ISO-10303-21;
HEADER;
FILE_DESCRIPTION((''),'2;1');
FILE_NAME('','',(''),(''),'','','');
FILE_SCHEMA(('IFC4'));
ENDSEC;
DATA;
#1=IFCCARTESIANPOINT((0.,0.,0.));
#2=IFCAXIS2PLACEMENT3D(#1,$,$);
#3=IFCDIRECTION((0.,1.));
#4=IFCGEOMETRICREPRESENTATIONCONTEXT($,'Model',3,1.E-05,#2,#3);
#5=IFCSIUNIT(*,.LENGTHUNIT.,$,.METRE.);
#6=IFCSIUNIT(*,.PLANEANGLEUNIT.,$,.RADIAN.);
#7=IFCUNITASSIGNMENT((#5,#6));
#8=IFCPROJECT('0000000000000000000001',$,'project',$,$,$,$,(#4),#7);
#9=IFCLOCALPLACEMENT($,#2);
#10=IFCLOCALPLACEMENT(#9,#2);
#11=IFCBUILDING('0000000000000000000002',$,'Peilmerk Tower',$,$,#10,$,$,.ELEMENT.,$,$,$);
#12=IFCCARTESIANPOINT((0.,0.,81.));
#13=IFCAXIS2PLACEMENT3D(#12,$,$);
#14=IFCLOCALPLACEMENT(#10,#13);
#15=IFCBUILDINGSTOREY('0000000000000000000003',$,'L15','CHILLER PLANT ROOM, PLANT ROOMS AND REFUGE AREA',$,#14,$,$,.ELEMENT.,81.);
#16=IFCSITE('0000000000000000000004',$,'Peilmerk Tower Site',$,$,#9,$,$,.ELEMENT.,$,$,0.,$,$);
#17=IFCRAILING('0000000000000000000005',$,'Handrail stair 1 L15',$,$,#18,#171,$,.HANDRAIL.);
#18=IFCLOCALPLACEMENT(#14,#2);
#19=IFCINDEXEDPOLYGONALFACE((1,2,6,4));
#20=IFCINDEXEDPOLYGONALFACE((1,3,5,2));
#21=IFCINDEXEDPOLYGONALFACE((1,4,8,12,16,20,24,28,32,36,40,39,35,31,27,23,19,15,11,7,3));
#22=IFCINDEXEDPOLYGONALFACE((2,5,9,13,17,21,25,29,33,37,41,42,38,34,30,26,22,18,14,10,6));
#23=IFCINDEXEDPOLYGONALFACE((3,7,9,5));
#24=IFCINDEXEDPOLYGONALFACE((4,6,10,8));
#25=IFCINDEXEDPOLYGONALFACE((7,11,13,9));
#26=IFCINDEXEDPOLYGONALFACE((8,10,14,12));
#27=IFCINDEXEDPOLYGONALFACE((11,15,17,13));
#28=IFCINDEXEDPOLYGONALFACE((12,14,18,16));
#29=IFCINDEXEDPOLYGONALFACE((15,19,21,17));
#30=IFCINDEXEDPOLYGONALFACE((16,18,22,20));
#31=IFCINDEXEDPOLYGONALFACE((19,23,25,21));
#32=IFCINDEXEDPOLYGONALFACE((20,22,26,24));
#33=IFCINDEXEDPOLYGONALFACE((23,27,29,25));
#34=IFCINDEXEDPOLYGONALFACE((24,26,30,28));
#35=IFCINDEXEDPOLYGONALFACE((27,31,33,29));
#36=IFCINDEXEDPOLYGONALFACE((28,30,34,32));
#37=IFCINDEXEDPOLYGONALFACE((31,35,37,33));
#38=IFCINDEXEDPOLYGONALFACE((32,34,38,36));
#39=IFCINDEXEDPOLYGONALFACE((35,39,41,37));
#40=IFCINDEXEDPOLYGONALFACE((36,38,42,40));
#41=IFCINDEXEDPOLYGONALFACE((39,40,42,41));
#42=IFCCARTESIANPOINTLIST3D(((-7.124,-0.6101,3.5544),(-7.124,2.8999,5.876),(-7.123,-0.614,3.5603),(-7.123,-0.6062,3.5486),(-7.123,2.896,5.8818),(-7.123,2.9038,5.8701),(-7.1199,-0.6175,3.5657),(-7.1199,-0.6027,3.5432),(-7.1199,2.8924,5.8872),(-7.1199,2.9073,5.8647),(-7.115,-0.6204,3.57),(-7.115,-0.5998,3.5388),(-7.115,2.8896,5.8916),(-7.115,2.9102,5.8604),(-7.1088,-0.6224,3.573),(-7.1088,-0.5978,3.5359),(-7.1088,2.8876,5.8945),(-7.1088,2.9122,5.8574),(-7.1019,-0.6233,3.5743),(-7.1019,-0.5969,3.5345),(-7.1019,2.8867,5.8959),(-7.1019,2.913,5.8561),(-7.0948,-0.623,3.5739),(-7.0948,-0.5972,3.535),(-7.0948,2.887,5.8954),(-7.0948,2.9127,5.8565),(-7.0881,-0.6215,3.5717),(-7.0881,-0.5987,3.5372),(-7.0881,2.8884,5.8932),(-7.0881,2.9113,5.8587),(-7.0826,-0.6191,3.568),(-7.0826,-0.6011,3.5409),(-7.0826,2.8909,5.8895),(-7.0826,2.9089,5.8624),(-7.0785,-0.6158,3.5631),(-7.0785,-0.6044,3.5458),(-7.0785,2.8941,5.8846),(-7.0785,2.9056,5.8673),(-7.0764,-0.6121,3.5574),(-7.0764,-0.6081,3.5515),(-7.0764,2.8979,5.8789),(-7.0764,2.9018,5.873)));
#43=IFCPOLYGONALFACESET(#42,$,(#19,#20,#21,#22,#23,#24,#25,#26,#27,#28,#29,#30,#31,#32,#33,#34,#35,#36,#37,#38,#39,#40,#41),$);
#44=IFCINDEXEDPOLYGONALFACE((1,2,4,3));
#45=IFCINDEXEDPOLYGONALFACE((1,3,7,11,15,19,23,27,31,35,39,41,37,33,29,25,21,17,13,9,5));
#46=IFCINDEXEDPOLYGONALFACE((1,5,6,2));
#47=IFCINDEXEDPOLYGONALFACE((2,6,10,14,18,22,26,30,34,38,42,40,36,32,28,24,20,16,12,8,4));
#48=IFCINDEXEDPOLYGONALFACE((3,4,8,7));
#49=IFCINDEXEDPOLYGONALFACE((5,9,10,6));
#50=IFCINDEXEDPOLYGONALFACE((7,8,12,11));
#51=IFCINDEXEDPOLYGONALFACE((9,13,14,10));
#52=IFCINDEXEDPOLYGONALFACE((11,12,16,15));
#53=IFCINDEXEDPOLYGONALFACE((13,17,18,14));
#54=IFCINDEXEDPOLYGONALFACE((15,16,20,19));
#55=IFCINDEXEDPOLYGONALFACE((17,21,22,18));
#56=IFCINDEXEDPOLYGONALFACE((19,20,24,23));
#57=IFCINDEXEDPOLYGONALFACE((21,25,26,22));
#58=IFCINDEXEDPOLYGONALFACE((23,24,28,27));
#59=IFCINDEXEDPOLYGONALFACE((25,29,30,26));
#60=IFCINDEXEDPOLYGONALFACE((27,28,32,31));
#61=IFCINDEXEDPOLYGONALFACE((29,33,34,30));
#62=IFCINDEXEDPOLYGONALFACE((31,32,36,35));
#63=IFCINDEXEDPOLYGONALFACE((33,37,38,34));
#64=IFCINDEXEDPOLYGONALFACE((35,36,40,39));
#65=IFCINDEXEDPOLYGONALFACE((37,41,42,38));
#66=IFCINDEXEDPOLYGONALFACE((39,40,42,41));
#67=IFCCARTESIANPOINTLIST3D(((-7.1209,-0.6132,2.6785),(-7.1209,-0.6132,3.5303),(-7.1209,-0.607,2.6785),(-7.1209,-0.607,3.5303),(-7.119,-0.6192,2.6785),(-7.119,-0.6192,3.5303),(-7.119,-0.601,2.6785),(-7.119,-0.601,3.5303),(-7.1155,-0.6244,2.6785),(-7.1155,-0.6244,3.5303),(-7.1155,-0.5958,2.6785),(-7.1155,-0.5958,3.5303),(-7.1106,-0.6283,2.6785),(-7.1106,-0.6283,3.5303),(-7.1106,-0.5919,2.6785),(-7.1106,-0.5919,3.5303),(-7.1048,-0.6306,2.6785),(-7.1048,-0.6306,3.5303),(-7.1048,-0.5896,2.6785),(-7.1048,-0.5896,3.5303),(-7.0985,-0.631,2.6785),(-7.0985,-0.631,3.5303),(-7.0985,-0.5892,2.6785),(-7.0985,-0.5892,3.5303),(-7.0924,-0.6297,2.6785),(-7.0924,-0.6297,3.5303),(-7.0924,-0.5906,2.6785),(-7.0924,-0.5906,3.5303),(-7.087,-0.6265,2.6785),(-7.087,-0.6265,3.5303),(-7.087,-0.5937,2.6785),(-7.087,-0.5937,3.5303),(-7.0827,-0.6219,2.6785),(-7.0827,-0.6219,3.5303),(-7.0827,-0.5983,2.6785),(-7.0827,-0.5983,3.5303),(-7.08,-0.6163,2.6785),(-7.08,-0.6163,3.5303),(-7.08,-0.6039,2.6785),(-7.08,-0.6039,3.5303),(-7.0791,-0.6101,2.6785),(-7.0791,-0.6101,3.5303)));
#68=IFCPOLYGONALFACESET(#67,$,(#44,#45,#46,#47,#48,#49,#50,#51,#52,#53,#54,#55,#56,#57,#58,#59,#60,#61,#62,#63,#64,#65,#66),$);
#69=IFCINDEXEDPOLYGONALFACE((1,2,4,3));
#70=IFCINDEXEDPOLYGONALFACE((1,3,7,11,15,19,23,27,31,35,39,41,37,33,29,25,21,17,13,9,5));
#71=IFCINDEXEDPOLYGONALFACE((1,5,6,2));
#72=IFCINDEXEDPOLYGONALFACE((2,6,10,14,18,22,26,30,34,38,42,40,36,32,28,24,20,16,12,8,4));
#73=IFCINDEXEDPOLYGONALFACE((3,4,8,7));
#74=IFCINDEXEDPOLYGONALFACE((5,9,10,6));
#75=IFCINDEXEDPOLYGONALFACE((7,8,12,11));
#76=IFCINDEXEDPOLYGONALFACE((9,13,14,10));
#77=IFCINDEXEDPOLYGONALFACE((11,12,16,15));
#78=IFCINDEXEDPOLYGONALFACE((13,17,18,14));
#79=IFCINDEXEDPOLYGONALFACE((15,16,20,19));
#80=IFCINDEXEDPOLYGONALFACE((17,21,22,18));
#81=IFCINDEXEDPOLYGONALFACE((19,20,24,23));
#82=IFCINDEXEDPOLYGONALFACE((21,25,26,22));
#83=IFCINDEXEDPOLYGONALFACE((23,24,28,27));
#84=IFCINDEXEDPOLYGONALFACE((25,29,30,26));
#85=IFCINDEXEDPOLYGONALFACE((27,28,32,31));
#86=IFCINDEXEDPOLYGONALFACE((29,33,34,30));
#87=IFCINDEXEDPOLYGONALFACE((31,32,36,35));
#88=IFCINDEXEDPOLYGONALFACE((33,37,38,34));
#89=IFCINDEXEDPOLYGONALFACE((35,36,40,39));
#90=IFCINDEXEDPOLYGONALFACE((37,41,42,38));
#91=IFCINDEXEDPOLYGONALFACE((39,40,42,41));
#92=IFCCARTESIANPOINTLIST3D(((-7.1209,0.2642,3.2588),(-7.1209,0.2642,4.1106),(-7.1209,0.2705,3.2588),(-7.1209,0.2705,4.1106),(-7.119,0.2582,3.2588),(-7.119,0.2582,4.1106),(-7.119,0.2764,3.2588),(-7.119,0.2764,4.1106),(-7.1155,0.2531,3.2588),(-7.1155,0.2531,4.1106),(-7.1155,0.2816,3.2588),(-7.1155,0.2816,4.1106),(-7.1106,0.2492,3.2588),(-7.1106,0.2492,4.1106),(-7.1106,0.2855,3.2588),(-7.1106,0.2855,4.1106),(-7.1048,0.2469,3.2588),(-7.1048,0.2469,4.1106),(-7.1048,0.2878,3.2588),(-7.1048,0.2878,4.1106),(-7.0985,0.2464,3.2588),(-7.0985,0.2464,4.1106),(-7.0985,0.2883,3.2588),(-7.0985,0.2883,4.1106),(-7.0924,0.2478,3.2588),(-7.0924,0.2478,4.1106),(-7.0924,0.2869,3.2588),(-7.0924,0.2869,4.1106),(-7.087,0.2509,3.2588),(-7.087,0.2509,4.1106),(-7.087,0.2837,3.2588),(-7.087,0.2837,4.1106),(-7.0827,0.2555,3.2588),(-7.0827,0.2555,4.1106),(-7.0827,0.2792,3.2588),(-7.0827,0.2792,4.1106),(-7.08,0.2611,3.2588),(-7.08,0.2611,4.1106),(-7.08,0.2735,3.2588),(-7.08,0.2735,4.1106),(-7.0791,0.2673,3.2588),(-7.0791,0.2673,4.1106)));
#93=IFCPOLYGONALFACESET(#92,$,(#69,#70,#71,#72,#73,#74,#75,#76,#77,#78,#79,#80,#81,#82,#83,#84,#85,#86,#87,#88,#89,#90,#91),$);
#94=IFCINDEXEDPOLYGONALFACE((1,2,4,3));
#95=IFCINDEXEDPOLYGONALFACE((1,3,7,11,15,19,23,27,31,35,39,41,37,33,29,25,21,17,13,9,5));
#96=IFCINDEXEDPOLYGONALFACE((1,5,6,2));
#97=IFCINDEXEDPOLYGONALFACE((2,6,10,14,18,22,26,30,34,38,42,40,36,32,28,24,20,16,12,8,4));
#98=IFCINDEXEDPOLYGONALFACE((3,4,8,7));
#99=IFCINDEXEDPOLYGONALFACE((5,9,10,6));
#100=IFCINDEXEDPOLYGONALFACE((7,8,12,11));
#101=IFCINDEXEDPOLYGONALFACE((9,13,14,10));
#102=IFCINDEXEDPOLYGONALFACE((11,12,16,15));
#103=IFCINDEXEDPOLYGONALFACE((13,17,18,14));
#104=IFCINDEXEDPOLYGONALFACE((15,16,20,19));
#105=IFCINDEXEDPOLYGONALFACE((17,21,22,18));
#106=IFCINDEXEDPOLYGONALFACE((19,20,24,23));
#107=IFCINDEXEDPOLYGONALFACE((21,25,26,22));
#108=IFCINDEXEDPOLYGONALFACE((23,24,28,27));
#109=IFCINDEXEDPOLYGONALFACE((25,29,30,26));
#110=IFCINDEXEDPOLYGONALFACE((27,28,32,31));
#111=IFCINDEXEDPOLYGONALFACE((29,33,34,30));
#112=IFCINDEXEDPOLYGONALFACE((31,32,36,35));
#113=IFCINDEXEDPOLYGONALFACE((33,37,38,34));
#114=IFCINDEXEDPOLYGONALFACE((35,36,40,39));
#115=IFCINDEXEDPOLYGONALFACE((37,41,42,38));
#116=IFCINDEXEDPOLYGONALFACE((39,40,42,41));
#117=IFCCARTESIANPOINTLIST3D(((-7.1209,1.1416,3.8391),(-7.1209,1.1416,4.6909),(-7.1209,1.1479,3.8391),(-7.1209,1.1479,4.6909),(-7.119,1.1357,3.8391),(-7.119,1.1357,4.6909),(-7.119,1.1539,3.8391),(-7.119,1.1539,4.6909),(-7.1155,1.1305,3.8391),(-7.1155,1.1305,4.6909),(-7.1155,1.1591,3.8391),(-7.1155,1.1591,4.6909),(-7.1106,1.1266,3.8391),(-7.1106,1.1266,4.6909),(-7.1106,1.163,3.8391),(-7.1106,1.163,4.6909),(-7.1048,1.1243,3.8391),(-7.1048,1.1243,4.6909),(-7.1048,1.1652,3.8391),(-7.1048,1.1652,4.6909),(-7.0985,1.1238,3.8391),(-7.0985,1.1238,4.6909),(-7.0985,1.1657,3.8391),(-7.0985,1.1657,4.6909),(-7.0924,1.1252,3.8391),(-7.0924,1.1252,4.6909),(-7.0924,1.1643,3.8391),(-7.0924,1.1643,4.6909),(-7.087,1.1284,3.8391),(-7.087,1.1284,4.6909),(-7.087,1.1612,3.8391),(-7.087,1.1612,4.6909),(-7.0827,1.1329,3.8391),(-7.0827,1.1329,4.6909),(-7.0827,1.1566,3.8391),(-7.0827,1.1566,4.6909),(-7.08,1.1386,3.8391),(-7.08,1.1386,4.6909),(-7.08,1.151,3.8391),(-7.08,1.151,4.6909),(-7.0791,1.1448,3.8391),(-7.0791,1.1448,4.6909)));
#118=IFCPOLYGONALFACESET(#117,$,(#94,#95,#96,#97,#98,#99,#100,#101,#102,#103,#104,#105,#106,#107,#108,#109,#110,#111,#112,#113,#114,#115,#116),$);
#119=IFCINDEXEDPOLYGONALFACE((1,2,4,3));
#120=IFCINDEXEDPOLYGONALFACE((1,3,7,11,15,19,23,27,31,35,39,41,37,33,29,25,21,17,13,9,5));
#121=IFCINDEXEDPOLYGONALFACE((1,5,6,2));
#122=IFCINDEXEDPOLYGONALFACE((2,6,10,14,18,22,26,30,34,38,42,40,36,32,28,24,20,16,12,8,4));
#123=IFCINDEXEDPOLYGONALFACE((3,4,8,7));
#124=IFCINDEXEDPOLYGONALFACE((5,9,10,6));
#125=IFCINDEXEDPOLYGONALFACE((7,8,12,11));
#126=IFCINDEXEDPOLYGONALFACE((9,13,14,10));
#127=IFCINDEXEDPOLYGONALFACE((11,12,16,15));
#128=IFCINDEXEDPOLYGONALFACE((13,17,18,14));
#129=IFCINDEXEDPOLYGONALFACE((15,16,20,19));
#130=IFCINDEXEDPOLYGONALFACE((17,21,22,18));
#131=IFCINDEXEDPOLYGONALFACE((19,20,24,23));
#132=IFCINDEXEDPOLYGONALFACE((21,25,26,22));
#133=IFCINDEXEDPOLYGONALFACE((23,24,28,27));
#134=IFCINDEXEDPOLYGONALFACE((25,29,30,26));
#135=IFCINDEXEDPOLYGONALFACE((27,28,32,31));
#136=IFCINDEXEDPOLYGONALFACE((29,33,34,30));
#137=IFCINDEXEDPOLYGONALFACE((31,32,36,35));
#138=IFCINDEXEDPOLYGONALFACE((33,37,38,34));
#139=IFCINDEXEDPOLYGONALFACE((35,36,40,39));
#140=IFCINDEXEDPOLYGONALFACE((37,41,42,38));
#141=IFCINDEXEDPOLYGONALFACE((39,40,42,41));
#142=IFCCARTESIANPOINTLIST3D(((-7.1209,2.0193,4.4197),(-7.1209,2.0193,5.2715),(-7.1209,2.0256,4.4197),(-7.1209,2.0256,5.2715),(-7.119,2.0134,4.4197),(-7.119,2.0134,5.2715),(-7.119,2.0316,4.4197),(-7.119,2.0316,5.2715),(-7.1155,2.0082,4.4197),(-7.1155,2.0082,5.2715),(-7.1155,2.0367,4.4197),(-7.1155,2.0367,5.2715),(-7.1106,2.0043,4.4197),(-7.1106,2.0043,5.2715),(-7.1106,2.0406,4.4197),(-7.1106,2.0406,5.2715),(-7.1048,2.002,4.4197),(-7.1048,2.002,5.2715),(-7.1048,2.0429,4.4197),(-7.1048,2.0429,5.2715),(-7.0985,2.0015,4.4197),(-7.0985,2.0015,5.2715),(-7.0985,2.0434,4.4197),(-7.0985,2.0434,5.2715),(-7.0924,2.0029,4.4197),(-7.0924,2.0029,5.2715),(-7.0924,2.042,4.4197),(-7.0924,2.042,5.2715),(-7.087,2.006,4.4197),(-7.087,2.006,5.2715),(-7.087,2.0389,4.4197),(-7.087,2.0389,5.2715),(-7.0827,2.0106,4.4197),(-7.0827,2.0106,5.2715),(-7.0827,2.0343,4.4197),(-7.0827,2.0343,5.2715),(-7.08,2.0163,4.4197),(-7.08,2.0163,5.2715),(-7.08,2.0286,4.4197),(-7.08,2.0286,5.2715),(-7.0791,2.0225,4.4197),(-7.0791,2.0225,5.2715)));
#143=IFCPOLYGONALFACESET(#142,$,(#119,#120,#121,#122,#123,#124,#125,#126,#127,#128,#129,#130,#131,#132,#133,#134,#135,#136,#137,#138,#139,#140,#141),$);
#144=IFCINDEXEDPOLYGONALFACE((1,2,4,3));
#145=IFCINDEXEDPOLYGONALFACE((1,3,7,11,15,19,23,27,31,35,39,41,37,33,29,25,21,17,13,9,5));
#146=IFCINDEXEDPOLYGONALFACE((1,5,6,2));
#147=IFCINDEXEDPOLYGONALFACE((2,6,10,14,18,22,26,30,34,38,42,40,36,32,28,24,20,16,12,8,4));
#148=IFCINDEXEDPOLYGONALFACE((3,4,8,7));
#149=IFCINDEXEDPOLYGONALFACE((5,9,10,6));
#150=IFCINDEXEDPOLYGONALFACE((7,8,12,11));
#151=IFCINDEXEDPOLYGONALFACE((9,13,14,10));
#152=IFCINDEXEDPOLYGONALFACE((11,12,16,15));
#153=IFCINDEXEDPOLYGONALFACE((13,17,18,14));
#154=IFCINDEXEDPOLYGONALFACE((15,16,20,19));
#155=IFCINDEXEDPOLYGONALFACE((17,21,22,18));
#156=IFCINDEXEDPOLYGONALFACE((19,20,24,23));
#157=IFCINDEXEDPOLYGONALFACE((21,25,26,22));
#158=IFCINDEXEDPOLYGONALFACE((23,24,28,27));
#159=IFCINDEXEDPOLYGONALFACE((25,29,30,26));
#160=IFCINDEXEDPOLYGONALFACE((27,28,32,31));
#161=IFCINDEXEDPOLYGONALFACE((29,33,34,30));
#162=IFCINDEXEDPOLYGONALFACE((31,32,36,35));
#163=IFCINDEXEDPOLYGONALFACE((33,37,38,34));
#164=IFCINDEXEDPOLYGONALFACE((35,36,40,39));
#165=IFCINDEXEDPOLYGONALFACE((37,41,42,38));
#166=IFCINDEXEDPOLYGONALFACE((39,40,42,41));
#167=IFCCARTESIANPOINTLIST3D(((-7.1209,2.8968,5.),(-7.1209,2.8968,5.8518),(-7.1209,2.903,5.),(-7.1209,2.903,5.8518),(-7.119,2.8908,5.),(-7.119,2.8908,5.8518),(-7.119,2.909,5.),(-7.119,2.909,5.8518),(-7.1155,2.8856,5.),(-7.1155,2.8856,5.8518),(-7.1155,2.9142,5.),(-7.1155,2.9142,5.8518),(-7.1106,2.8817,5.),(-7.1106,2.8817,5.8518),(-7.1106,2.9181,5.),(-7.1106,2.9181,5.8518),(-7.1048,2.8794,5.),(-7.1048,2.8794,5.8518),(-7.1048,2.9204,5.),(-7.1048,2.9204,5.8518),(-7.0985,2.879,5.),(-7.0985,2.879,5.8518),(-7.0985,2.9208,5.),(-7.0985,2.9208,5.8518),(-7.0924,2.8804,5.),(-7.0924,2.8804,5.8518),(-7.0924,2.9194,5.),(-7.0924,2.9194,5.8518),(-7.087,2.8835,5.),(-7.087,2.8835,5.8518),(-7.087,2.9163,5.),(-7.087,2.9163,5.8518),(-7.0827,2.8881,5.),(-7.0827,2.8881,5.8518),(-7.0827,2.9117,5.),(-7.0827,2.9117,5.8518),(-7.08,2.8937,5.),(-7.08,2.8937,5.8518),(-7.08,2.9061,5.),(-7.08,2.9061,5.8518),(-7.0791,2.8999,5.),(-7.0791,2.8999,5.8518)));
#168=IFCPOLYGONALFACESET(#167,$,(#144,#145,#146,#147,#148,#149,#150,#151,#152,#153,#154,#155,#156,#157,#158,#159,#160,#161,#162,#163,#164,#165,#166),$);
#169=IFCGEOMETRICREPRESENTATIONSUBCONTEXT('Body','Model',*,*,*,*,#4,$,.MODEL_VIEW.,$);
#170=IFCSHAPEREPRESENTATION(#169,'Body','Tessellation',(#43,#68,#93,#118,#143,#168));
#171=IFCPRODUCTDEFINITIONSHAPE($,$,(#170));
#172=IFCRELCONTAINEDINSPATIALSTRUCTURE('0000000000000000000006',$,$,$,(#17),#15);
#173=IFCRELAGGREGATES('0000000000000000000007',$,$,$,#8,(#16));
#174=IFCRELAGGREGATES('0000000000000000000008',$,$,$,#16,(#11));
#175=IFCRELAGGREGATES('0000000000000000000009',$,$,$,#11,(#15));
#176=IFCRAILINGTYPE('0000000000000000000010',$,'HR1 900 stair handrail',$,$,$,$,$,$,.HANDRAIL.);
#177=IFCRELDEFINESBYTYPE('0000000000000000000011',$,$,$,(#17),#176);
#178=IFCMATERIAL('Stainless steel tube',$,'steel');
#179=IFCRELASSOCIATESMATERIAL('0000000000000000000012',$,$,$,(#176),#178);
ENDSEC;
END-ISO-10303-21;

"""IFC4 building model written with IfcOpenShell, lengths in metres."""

from ifc_helpers import new_model, si_unit, direction, frame, origin, origin_2d, place, context, subcontext, project, spatial, circle, extrude, material, type_object, element, save


model = new_model("IFC4")

# Units and contexts
model_context = context("Model", 3, precision=1e-05, world=origin(), true_north=direction((0.0, 1.0)))
body_context = subcontext(model_context, "Body", "Model", "MODEL_VIEW")
ifc_project = project(units=[si_unit("LENGTHUNIT", "METRE"), si_unit("PLANEANGLEUNIT", "RADIAN")], contexts=[model_context])

# Site, building, storey
site_placement = place(None, origin())
site = spatial("IfcSite", under=ifc_project, at=site_placement, Name="Peilmerk Tower Site", CompositionType="ELEMENT", RefElevation=0.0)
building_placement = place(site_placement, origin())
building = spatial("IfcBuilding", under=site, at=building_placement, Name="Peilmerk Tower", CompositionType="ELEMENT")
storey_placement = place(building_placement, frame((0.0, 0.0, 81.0)))
storey = spatial("IfcBuildingStorey", under=building, at=storey_placement, Name="L15", Description="CHILLER PLANT ROOM, PLANT ROOMS AND REFUGE AREA", CompositionType="ELEMENT", Elevation=81.0)

# Railing
ifc_material_1 = material(Name="Stainless steel tube", Category="steel")
railing_type_1 = type_object("IfcRailingType", Name="HR1 900 stair handrail", PredefinedType="HANDRAIL", material=ifc_material_1)
railing_1_placement = place(storey_placement, frame((-7.1001, -0.6101, 2.6785)))
element("IfcRailing", 1, at=railing_1_placement, inside=storey, type_object=railing_type_1, Name="Handrail stair 1 L15", PredefinedType="HANDRAIL", context=body_context, shape_type="SweptSolid", body=[
    extrude(circle(Radius=0.0239, at=origin_2d()), frame((0.0, 0.0, 0.876), z_axis=(0.0, 0.834071, 0.551657), x_axis=(-1.0, 0.0, 0.0)), (0.0, 0.0, 1.0), 4.2083),
    extrude(circle(Radius=0.021, at=origin_2d()), origin(), (0.0, 0.0, 1.0), 0.8518),
    extrude(circle(Radius=0.021, at=origin_2d()), frame((0.0, 0.8774, 0.5803)), (0.0, 0.0, 1.0), 0.8518),
    extrude(circle(Radius=0.021, at=origin_2d()), frame((0.0, 1.7549, 1.1606)), (0.0, 0.0, 1.0), 0.8518),
    extrude(circle(Radius=0.021, at=origin_2d()), frame((0.0, 2.6326, 1.7412)), (0.0, 0.0, 1.0), 0.8518),
    extrude(circle(Radius=0.021, at=origin_2d()), frame((0.0, 3.51, 2.3215)), (0.0, 0.0, 1.0), 0.8518),
])

save(model, "model.ifc")
